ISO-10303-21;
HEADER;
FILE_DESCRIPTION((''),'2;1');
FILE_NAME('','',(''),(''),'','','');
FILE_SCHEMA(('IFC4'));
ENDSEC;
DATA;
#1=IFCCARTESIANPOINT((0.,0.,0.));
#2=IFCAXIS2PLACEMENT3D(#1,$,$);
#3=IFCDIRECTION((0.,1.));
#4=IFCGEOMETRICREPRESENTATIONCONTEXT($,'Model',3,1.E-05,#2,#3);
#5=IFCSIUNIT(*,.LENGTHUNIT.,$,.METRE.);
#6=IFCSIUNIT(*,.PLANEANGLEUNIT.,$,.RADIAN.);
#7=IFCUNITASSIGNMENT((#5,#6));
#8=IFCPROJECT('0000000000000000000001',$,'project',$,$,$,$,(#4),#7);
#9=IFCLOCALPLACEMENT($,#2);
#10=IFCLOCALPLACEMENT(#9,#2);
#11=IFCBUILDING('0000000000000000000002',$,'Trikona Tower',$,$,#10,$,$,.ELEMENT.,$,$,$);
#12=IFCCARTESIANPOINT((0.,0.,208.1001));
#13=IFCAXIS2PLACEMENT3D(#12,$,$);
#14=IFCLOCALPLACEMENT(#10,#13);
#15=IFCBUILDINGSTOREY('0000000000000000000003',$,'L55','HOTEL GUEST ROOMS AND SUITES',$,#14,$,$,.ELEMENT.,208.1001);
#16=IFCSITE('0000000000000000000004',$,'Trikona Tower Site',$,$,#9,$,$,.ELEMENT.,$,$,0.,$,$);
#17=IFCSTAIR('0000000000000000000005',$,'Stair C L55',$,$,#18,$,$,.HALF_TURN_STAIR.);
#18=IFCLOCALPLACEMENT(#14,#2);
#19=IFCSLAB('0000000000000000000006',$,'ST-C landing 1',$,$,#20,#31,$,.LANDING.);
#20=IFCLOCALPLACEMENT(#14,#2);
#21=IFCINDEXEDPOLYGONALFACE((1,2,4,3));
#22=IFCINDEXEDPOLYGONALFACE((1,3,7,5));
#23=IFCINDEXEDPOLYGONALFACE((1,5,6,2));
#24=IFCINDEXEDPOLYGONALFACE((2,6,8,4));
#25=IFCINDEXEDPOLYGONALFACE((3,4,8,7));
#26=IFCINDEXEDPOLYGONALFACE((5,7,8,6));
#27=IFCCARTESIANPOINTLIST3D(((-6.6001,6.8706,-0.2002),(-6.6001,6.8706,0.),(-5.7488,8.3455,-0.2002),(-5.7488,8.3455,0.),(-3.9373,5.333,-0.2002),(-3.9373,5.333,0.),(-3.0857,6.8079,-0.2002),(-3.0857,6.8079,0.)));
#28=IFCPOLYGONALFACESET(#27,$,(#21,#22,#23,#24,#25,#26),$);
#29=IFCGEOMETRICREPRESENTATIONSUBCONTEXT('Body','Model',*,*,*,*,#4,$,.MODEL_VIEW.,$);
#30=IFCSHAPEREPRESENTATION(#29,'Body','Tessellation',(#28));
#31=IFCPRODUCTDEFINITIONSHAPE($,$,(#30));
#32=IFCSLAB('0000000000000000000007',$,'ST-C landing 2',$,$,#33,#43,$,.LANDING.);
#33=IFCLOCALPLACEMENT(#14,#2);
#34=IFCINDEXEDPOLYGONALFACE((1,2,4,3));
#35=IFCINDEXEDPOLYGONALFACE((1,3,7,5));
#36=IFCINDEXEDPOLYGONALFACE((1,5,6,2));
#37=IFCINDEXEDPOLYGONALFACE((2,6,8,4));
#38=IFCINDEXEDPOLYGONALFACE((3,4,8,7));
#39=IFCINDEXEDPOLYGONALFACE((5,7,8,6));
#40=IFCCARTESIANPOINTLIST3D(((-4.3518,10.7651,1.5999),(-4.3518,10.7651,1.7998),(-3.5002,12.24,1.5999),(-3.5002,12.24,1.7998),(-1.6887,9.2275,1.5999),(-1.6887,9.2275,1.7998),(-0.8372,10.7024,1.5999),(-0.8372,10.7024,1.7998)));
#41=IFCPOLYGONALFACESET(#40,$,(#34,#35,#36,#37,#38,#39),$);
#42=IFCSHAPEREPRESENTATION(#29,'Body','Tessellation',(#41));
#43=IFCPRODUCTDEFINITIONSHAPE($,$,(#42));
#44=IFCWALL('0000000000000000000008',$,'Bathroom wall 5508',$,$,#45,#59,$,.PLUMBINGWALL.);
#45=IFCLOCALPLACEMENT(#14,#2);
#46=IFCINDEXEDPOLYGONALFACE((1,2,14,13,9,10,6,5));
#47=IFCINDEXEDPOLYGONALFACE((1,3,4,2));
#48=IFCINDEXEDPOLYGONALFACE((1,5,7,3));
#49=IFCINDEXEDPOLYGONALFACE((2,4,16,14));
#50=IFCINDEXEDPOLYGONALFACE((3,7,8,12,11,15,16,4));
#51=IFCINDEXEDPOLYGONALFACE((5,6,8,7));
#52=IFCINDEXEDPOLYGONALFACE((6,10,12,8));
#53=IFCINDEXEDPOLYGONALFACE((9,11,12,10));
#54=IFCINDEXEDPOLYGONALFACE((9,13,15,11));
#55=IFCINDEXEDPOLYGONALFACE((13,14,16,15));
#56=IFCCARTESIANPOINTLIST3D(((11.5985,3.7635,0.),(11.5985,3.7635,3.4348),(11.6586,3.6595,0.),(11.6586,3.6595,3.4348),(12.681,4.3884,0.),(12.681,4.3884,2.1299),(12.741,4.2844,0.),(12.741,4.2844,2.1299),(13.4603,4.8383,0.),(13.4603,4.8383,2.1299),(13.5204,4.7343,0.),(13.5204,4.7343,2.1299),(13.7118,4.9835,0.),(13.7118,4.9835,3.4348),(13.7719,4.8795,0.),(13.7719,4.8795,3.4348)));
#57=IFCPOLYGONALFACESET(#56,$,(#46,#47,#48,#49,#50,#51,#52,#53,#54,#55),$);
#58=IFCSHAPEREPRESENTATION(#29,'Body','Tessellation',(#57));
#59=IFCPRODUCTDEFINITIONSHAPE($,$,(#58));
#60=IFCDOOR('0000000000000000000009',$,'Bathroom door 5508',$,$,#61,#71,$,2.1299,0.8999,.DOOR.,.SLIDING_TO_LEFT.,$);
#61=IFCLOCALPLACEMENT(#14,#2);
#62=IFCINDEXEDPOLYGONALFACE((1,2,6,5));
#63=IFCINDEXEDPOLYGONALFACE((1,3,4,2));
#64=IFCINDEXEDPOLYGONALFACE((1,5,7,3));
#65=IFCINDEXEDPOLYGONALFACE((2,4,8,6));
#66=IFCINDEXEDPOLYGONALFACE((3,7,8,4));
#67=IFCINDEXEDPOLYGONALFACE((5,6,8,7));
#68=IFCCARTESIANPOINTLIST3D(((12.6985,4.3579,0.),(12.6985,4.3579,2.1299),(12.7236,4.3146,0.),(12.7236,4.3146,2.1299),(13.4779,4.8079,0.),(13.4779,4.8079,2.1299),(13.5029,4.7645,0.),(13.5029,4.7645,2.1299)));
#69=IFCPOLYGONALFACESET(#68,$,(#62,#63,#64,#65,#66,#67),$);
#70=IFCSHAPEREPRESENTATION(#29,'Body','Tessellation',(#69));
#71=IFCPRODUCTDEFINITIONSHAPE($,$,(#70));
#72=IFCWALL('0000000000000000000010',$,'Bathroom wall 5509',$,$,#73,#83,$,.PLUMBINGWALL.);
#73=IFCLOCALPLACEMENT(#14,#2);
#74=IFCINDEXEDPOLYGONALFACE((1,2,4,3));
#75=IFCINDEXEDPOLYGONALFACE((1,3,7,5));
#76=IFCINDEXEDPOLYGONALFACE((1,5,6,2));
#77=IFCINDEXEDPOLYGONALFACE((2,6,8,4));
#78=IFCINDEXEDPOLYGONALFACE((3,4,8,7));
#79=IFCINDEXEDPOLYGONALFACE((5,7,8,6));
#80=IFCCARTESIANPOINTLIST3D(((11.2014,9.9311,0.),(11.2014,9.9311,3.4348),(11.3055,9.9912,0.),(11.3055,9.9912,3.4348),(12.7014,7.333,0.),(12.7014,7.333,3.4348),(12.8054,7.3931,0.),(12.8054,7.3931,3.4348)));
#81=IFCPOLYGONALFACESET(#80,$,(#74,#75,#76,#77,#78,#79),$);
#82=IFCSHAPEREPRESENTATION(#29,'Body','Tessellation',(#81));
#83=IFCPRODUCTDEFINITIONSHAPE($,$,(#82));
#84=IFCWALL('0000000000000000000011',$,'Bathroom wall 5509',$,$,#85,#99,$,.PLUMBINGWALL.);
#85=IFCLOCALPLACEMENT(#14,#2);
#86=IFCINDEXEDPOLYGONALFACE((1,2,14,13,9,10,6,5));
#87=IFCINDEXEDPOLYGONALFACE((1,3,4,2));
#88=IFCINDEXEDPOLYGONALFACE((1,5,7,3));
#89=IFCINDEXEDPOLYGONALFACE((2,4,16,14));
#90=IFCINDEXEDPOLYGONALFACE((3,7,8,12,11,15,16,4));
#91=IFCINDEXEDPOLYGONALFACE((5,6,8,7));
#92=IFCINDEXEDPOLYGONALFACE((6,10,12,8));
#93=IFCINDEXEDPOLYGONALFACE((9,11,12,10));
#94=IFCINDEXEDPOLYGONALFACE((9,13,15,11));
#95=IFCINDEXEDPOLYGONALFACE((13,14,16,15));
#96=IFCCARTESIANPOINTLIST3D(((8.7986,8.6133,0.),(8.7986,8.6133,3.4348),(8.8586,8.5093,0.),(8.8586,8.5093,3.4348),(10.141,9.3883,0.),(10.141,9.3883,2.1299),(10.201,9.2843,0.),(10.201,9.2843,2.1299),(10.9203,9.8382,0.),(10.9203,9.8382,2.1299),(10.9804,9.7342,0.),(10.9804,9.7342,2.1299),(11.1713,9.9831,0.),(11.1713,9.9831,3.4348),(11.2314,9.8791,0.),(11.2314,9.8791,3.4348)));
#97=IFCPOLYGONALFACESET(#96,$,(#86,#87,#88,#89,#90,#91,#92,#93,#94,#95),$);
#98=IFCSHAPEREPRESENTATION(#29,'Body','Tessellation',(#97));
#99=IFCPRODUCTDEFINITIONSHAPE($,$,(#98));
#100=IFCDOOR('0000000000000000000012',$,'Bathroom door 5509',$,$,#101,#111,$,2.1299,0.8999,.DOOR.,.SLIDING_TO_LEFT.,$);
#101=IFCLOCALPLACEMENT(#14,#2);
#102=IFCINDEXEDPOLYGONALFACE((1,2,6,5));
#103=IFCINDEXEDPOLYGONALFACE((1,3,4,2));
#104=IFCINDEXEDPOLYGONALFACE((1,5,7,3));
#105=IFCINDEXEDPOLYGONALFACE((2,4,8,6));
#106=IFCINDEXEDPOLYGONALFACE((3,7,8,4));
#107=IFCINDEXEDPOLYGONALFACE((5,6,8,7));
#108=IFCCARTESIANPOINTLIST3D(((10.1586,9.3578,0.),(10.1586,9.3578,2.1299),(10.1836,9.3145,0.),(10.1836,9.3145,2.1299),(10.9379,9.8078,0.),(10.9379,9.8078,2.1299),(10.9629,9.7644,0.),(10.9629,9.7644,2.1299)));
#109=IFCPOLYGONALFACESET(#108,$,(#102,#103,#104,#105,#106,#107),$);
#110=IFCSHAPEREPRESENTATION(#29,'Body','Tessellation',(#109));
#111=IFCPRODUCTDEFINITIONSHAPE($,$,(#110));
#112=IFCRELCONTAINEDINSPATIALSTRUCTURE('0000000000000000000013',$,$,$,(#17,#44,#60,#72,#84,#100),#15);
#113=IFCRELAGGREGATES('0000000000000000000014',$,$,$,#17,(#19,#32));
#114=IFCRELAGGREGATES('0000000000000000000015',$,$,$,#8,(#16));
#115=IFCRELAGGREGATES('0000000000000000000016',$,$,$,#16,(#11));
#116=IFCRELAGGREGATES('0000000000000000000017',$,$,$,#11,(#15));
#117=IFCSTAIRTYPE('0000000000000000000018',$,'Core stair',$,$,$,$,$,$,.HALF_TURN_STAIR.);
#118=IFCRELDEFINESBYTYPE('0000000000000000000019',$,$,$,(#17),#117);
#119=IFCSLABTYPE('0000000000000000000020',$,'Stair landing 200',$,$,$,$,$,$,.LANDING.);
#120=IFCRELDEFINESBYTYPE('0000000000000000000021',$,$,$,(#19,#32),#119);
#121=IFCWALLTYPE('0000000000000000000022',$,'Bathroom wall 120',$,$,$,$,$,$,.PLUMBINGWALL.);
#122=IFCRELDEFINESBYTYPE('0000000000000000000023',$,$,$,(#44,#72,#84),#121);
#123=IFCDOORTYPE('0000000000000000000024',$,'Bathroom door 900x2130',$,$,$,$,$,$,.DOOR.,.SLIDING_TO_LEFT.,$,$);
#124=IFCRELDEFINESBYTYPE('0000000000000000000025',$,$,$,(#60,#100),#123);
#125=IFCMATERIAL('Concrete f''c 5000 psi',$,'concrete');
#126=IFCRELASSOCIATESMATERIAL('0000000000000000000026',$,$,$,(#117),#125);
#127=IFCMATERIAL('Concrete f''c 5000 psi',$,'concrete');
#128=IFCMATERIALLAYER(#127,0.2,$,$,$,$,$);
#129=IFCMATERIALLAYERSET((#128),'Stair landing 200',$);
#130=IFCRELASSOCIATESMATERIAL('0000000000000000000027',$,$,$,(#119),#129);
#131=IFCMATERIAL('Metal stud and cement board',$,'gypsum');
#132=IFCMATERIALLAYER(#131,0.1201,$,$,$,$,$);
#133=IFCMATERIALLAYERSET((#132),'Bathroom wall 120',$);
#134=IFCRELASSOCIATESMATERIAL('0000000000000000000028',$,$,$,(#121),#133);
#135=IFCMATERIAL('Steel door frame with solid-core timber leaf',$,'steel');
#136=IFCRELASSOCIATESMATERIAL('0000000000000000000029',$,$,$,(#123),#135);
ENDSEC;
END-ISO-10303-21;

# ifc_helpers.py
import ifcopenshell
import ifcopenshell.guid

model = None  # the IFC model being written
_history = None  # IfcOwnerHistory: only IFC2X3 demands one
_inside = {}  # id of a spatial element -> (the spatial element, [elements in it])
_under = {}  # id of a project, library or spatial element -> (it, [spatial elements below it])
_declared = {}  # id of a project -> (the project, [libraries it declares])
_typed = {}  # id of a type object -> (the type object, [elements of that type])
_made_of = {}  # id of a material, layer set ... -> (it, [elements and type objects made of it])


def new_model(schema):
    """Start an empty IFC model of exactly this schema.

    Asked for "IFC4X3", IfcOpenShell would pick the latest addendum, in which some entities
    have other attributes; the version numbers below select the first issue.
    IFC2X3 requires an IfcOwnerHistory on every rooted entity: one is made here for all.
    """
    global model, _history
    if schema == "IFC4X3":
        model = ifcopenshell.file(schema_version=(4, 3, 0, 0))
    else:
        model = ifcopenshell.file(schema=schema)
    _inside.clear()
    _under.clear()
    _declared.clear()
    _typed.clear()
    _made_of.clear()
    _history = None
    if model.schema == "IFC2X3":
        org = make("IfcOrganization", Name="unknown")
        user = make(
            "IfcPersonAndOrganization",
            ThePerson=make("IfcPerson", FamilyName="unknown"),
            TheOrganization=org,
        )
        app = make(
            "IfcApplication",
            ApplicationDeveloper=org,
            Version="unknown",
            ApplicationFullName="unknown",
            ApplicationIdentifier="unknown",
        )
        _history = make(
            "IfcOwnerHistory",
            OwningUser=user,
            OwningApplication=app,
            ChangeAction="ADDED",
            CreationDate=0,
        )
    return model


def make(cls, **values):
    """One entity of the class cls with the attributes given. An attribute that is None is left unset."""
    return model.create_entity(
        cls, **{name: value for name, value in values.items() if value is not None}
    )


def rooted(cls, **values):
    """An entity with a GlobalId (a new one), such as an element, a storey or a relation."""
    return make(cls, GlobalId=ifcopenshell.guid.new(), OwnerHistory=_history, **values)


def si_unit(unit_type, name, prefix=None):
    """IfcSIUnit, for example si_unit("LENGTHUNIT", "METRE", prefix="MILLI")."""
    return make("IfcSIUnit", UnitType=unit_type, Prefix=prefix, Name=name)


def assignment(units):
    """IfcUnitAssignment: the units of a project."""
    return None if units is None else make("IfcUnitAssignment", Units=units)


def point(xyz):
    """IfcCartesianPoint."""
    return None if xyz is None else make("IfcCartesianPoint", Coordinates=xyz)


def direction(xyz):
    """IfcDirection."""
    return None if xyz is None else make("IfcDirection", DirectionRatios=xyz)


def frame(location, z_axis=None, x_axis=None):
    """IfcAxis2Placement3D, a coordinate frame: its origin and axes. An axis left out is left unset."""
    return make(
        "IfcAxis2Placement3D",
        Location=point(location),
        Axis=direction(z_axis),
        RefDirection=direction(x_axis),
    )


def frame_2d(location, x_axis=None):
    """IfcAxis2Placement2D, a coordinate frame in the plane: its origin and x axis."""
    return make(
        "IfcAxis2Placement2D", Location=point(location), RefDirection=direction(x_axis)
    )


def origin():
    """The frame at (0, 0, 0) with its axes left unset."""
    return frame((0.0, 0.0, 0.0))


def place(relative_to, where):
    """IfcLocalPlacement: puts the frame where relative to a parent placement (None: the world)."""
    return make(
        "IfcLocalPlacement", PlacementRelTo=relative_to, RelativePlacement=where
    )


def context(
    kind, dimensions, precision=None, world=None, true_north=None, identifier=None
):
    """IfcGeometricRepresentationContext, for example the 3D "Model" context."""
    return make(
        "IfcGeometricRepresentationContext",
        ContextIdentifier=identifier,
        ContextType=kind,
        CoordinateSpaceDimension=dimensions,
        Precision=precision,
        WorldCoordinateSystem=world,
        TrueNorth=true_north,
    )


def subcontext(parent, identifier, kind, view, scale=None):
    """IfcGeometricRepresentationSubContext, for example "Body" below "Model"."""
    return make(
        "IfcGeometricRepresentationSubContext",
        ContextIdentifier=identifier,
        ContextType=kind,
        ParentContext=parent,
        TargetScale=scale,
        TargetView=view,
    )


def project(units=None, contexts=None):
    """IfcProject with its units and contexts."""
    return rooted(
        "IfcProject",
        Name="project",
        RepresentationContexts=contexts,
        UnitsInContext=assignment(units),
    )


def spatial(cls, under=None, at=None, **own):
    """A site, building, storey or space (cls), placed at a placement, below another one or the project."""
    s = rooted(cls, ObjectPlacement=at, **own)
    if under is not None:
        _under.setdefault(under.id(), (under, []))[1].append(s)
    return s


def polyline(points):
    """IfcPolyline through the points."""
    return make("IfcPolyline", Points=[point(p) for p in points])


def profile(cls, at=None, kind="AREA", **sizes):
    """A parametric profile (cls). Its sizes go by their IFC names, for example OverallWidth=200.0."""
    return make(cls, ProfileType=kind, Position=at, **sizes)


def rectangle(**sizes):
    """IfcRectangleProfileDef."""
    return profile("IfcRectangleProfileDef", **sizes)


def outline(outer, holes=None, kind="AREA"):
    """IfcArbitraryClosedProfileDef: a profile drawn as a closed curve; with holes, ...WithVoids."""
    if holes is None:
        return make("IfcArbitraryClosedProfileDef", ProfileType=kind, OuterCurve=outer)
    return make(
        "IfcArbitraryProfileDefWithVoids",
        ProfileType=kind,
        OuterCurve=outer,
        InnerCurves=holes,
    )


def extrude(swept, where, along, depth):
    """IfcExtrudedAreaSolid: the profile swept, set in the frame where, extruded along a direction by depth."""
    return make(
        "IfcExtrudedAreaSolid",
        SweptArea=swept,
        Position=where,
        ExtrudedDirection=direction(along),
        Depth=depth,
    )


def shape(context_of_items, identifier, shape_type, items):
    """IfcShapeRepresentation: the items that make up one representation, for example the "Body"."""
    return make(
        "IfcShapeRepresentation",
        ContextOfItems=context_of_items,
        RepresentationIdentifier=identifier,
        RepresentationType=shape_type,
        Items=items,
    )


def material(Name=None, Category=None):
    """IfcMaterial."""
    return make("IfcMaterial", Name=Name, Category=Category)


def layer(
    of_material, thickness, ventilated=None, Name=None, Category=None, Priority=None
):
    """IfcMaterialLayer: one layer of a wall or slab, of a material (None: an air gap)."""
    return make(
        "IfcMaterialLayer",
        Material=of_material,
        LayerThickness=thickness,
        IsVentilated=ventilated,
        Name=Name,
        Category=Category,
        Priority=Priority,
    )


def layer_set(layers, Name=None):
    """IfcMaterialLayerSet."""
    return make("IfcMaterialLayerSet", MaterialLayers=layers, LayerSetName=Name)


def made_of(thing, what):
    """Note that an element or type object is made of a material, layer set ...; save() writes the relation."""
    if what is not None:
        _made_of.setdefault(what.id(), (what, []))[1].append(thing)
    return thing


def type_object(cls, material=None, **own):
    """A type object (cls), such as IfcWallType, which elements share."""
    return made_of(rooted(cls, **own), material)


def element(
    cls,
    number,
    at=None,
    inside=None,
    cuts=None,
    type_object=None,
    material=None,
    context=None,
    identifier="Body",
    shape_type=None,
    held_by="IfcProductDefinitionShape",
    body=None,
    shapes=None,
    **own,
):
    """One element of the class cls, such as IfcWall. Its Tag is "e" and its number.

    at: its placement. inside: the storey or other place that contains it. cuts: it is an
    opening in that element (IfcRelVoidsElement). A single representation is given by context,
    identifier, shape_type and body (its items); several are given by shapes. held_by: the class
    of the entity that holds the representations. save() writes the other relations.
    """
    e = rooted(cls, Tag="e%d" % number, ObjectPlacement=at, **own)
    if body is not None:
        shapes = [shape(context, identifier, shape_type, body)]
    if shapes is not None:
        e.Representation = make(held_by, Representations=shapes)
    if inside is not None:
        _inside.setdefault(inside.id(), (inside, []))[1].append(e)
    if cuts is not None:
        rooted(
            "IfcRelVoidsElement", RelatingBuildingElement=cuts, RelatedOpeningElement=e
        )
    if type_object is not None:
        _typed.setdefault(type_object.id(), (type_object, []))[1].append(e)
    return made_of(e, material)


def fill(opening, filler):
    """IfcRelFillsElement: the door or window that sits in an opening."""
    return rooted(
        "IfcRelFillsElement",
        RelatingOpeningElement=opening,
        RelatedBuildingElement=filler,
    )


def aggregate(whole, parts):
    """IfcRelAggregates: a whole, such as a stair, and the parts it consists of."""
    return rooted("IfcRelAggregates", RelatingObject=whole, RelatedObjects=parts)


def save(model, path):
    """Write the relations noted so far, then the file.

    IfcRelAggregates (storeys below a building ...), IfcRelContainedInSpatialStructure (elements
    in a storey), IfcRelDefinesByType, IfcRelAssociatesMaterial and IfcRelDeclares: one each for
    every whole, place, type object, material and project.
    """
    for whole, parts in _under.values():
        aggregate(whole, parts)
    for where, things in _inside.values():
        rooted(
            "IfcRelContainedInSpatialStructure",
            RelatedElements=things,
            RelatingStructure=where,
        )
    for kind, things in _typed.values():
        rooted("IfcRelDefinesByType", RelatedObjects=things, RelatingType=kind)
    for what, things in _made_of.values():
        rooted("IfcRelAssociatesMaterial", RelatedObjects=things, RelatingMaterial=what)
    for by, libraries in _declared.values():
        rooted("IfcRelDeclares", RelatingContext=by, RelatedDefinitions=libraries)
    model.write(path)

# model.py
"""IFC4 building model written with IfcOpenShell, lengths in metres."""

from ifc_helpers import new_model, si_unit, direction, frame, frame_2d, origin, place, context, subcontext, project, spatial, polyline, rectangle, outline, extrude, material, layer, layer_set, type_object, element, fill, aggregate, save


model = new_model("IFC4")

# Units and contexts
model_context = context("Model", 3, precision=1e-05, world=origin(), true_north=direction((0.0, 1.0)))
body_context = subcontext(model_context, "Body", "Model", "MODEL_VIEW")
ifc_project = project(units=[si_unit("LENGTHUNIT", "METRE"), si_unit("PLANEANGLEUNIT", "RADIAN")], contexts=[model_context])

# Site, building, storey
site_placement = place(None, origin())
site = spatial("IfcSite", under=ifc_project, at=site_placement, Name="Trikona Tower Site", CompositionType="ELEMENT", RefElevation=0.0)
building_placement = place(site_placement, origin())
building = spatial("IfcBuilding", under=site, at=building_placement, Name="Trikona Tower", CompositionType="ELEMENT")
storey_placement = place(building_placement, frame((0.0, 0.0, 208.1001)))
storey = spatial("IfcBuildingStorey", under=building, at=storey_placement, Name="L55", Description="HOTEL GUEST ROOMS AND SUITES", CompositionType="ELEMENT", Elevation=208.1001)

# Stair, slabs
ifc_material_1 = material(Name="Concrete f'c 5000 psi", Category="concrete")
stair_type = type_object("IfcStairType", Name="Core stair", PredefinedType="HALF_TURN_STAIR", material=ifc_material_1)
ifc_material_2 = material(Name="Concrete f'c 5000 psi", Category="concrete")
ifc_layer_1 = layer(ifc_material_2, 0.2)
ifc_layer_set_1 = layer_set([ifc_layer_1], Name="Stair landing 200")
slab_type_1 = type_object("IfcSlabType", Name="Stair landing 200", PredefinedType="LANDING", material=ifc_layer_set_1)
stair_1_placement = place(storey_placement, origin())
stair_1 = element("IfcStair", 1, at=stair_1_placement, inside=storey, type_object=stair_type, Name="Stair C L55", PredefinedType="HALF_TURN_STAIR")
slab_1_placement = place(storey_placement, frame((0.0, 0.0, -0.2002)))
slab_1 = element("IfcSlab", 2, at=slab_1_placement, type_object=slab_type_1, Name="ST-C landing 1", PredefinedType="LANDING", context=body_context, shape_type="SweptSolid", body=[
    extrude(outline(polyline([(-3.0857, 6.8079), (-3.9373, 5.333), (-6.6001, 6.8706), (-5.7488, 8.3455), (-3.0857, 6.8079)])), origin(), (0.0, 0.0, 1.0), 0.2002),
])
slab_2_placement = place(storey_placement, frame((0.0, 0.0, 1.5999)))
slab_2 = element("IfcSlab", 3, at=slab_2_placement, type_object=slab_type_1, Name="ST-C landing 2", PredefinedType="LANDING", context=body_context, shape_type="SweptSolid", body=[
    extrude(outline(polyline([(-0.8372, 10.7024), (-1.6887, 9.2275), (-4.3518, 10.7651), (-3.5002, 12.24), (-0.8372, 10.7024)])), origin(), (0.0, 0.0, 1.0), 0.2),
])
aggregate(stair_1, [slab_1, slab_2])

# Wall, opening, door
ifc_material_3 = material(Name="Metal stud and cement board", Category="gypsum")
ifc_layer_2 = layer(ifc_material_3, 0.1201)
ifc_layer_set_2 = layer_set([ifc_layer_2], Name="Bathroom wall 120")
wall_type_1 = type_object("IfcWallType", Name="Bathroom wall 120", PredefinedType="PLUMBINGWALL", material=ifc_layer_set_2)
wall_1_placement = place(storey_placement, frame((11.6284, 3.7114, 0.0), z_axis=(0.0, 0.0, 1.0), x_axis=(0.866049, 0.499959, 0.0)))
wall_1 = element("IfcWall", 4, at=wall_1_placement, inside=storey, type_object=wall_type_1, Name="Bathroom wall 5508", PredefinedType="PLUMBINGWALL", context=body_context, shape_type="SweptSolid", body=[
    extrude(rectangle(XDim=2.4402, YDim=0.1201, at=frame_2d((1.2202, 0.0))), origin(), (0.0, 0.0, 1.0), 3.4348),
])
opening_1_placement = place(wall_1_placement, frame((1.25, 0.0, 0.0)))
opening_1 = element("IfcOpeningElement", 5, at=opening_1_placement, cuts=wall_1, PredefinedType="OPENING", context=body_context, shape_type="SweptSolid", body=[
    extrude(rectangle(XDim=0.8999, YDim=2.1299, at=frame_2d((0.45, 1.0649))), frame((0.0, 0.0701, 0.0), z_axis=(0.0, -1.0, 0.0), x_axis=(1.0, 0.0, 0.0)), (0.0, 0.0, 1.0), 0.1401),
])
ifc_material_4 = material(Name="Steel door frame with solid-core timber leaf", Category="steel")
door_type_1 = type_object("IfcDoorType", Name="Bathroom door 900x2130", OperationType="SLIDING_TO_LEFT", PredefinedType="DOOR", material=ifc_material_4)
door_1_placement = place(opening_1_placement, origin())
door_1 = element("IfcDoor", 6, at=door_1_placement, inside=storey, type_object=door_type_1, Name="Bathroom door 5508", OperationType="SLIDING_TO_LEFT", OverallHeight=2.1299, OverallWidth=0.8999, PredefinedType="DOOR", context=body_context, shape_type="SweptSolid", body=[
    extrude(rectangle(XDim=0.8999, YDim=2.1299, at=frame_2d((0.45, 1.0649))), frame((0.0, 0.0249, 0.0), z_axis=(0.0, -1.0, 0.0), x_axis=(1.0, 0.0, 0.0)), (0.0, 0.0, 1.0), 0.05),
])
fill(opening_1, door_1)

# Wall
wall_2_placement = place(storey_placement, frame((12.7534, 7.363, 0.0), z_axis=(0.0, 0.0, 1.0), x_axis=(-0.49999, 0.866031, 0.0)))
element("IfcWall", 7, at=wall_2_placement, inside=storey, type_object=wall_type_1, Name="Bathroom wall 5509", PredefinedType="PLUMBINGWALL", context=body_context, shape_type="SweptSolid", body=[
    extrude(rectangle(XDim=3.0, YDim=0.1201, at=frame_2d((1.5, 0.0))), origin(), (0.0, 0.0, 1.0), 3.4348),
])

# Wall, opening, door
wall_3_placement = place(storey_placement, frame((8.8286, 8.5613, 0.0), z_axis=(0.0, 0.0, 1.0), x_axis=(0.866036, 0.499982, 0.0)))
wall_3 = element("IfcWall", 8, at=wall_3_placement, inside=storey, type_object=wall_type_1, Name="Bathroom wall 5509", PredefinedType="PLUMBINGWALL", context=body_context, shape_type="SweptSolid", body=[
    extrude(rectangle(XDim=2.7397, YDim=0.1201, at=frame_2d((1.3699, 0.0))), origin(), (0.0, 0.0, 1.0), 3.4348),
])
opening_2_placement = place(wall_3_placement, frame((1.55, 0.0, 0.0)))
opening_2 = element("IfcOpeningElement", 9, at=opening_2_placement, cuts=wall_3, PredefinedType="OPENING", context=body_context, shape_type="SweptSolid", body=[
    extrude(rectangle(XDim=0.8999, YDim=2.1299, at=frame_2d((0.45, 1.0649))), frame((0.0, 0.0701, 0.0), z_axis=(0.0, -1.0, 0.0), x_axis=(1.0, 0.0, 0.0)), (0.0, 0.0, 1.0), 0.1401),
])
door_2_placement = place(opening_2_placement, origin())
door_2 = element("IfcDoor", 10, at=door_2_placement, inside=storey, type_object=door_type_1, Name="Bathroom door 5509", OperationType="SLIDING_TO_LEFT", OverallHeight=2.1299, OverallWidth=0.8999, PredefinedType="DOOR", context=body_context, shape_type="SweptSolid", body=[
    extrude(rectangle(XDim=0.8999, YDim=2.1299, at=frame_2d((0.45, 1.0649))), frame((0.0, 0.0249, 0.0), z_axis=(0.0, -1.0, 0.0), x_axis=(1.0, 0.0, 0.0)), (0.0, 0.0, 1.0), 0.05),
])
fill(opening_2, door_2)

save(model, "model.ifc")
